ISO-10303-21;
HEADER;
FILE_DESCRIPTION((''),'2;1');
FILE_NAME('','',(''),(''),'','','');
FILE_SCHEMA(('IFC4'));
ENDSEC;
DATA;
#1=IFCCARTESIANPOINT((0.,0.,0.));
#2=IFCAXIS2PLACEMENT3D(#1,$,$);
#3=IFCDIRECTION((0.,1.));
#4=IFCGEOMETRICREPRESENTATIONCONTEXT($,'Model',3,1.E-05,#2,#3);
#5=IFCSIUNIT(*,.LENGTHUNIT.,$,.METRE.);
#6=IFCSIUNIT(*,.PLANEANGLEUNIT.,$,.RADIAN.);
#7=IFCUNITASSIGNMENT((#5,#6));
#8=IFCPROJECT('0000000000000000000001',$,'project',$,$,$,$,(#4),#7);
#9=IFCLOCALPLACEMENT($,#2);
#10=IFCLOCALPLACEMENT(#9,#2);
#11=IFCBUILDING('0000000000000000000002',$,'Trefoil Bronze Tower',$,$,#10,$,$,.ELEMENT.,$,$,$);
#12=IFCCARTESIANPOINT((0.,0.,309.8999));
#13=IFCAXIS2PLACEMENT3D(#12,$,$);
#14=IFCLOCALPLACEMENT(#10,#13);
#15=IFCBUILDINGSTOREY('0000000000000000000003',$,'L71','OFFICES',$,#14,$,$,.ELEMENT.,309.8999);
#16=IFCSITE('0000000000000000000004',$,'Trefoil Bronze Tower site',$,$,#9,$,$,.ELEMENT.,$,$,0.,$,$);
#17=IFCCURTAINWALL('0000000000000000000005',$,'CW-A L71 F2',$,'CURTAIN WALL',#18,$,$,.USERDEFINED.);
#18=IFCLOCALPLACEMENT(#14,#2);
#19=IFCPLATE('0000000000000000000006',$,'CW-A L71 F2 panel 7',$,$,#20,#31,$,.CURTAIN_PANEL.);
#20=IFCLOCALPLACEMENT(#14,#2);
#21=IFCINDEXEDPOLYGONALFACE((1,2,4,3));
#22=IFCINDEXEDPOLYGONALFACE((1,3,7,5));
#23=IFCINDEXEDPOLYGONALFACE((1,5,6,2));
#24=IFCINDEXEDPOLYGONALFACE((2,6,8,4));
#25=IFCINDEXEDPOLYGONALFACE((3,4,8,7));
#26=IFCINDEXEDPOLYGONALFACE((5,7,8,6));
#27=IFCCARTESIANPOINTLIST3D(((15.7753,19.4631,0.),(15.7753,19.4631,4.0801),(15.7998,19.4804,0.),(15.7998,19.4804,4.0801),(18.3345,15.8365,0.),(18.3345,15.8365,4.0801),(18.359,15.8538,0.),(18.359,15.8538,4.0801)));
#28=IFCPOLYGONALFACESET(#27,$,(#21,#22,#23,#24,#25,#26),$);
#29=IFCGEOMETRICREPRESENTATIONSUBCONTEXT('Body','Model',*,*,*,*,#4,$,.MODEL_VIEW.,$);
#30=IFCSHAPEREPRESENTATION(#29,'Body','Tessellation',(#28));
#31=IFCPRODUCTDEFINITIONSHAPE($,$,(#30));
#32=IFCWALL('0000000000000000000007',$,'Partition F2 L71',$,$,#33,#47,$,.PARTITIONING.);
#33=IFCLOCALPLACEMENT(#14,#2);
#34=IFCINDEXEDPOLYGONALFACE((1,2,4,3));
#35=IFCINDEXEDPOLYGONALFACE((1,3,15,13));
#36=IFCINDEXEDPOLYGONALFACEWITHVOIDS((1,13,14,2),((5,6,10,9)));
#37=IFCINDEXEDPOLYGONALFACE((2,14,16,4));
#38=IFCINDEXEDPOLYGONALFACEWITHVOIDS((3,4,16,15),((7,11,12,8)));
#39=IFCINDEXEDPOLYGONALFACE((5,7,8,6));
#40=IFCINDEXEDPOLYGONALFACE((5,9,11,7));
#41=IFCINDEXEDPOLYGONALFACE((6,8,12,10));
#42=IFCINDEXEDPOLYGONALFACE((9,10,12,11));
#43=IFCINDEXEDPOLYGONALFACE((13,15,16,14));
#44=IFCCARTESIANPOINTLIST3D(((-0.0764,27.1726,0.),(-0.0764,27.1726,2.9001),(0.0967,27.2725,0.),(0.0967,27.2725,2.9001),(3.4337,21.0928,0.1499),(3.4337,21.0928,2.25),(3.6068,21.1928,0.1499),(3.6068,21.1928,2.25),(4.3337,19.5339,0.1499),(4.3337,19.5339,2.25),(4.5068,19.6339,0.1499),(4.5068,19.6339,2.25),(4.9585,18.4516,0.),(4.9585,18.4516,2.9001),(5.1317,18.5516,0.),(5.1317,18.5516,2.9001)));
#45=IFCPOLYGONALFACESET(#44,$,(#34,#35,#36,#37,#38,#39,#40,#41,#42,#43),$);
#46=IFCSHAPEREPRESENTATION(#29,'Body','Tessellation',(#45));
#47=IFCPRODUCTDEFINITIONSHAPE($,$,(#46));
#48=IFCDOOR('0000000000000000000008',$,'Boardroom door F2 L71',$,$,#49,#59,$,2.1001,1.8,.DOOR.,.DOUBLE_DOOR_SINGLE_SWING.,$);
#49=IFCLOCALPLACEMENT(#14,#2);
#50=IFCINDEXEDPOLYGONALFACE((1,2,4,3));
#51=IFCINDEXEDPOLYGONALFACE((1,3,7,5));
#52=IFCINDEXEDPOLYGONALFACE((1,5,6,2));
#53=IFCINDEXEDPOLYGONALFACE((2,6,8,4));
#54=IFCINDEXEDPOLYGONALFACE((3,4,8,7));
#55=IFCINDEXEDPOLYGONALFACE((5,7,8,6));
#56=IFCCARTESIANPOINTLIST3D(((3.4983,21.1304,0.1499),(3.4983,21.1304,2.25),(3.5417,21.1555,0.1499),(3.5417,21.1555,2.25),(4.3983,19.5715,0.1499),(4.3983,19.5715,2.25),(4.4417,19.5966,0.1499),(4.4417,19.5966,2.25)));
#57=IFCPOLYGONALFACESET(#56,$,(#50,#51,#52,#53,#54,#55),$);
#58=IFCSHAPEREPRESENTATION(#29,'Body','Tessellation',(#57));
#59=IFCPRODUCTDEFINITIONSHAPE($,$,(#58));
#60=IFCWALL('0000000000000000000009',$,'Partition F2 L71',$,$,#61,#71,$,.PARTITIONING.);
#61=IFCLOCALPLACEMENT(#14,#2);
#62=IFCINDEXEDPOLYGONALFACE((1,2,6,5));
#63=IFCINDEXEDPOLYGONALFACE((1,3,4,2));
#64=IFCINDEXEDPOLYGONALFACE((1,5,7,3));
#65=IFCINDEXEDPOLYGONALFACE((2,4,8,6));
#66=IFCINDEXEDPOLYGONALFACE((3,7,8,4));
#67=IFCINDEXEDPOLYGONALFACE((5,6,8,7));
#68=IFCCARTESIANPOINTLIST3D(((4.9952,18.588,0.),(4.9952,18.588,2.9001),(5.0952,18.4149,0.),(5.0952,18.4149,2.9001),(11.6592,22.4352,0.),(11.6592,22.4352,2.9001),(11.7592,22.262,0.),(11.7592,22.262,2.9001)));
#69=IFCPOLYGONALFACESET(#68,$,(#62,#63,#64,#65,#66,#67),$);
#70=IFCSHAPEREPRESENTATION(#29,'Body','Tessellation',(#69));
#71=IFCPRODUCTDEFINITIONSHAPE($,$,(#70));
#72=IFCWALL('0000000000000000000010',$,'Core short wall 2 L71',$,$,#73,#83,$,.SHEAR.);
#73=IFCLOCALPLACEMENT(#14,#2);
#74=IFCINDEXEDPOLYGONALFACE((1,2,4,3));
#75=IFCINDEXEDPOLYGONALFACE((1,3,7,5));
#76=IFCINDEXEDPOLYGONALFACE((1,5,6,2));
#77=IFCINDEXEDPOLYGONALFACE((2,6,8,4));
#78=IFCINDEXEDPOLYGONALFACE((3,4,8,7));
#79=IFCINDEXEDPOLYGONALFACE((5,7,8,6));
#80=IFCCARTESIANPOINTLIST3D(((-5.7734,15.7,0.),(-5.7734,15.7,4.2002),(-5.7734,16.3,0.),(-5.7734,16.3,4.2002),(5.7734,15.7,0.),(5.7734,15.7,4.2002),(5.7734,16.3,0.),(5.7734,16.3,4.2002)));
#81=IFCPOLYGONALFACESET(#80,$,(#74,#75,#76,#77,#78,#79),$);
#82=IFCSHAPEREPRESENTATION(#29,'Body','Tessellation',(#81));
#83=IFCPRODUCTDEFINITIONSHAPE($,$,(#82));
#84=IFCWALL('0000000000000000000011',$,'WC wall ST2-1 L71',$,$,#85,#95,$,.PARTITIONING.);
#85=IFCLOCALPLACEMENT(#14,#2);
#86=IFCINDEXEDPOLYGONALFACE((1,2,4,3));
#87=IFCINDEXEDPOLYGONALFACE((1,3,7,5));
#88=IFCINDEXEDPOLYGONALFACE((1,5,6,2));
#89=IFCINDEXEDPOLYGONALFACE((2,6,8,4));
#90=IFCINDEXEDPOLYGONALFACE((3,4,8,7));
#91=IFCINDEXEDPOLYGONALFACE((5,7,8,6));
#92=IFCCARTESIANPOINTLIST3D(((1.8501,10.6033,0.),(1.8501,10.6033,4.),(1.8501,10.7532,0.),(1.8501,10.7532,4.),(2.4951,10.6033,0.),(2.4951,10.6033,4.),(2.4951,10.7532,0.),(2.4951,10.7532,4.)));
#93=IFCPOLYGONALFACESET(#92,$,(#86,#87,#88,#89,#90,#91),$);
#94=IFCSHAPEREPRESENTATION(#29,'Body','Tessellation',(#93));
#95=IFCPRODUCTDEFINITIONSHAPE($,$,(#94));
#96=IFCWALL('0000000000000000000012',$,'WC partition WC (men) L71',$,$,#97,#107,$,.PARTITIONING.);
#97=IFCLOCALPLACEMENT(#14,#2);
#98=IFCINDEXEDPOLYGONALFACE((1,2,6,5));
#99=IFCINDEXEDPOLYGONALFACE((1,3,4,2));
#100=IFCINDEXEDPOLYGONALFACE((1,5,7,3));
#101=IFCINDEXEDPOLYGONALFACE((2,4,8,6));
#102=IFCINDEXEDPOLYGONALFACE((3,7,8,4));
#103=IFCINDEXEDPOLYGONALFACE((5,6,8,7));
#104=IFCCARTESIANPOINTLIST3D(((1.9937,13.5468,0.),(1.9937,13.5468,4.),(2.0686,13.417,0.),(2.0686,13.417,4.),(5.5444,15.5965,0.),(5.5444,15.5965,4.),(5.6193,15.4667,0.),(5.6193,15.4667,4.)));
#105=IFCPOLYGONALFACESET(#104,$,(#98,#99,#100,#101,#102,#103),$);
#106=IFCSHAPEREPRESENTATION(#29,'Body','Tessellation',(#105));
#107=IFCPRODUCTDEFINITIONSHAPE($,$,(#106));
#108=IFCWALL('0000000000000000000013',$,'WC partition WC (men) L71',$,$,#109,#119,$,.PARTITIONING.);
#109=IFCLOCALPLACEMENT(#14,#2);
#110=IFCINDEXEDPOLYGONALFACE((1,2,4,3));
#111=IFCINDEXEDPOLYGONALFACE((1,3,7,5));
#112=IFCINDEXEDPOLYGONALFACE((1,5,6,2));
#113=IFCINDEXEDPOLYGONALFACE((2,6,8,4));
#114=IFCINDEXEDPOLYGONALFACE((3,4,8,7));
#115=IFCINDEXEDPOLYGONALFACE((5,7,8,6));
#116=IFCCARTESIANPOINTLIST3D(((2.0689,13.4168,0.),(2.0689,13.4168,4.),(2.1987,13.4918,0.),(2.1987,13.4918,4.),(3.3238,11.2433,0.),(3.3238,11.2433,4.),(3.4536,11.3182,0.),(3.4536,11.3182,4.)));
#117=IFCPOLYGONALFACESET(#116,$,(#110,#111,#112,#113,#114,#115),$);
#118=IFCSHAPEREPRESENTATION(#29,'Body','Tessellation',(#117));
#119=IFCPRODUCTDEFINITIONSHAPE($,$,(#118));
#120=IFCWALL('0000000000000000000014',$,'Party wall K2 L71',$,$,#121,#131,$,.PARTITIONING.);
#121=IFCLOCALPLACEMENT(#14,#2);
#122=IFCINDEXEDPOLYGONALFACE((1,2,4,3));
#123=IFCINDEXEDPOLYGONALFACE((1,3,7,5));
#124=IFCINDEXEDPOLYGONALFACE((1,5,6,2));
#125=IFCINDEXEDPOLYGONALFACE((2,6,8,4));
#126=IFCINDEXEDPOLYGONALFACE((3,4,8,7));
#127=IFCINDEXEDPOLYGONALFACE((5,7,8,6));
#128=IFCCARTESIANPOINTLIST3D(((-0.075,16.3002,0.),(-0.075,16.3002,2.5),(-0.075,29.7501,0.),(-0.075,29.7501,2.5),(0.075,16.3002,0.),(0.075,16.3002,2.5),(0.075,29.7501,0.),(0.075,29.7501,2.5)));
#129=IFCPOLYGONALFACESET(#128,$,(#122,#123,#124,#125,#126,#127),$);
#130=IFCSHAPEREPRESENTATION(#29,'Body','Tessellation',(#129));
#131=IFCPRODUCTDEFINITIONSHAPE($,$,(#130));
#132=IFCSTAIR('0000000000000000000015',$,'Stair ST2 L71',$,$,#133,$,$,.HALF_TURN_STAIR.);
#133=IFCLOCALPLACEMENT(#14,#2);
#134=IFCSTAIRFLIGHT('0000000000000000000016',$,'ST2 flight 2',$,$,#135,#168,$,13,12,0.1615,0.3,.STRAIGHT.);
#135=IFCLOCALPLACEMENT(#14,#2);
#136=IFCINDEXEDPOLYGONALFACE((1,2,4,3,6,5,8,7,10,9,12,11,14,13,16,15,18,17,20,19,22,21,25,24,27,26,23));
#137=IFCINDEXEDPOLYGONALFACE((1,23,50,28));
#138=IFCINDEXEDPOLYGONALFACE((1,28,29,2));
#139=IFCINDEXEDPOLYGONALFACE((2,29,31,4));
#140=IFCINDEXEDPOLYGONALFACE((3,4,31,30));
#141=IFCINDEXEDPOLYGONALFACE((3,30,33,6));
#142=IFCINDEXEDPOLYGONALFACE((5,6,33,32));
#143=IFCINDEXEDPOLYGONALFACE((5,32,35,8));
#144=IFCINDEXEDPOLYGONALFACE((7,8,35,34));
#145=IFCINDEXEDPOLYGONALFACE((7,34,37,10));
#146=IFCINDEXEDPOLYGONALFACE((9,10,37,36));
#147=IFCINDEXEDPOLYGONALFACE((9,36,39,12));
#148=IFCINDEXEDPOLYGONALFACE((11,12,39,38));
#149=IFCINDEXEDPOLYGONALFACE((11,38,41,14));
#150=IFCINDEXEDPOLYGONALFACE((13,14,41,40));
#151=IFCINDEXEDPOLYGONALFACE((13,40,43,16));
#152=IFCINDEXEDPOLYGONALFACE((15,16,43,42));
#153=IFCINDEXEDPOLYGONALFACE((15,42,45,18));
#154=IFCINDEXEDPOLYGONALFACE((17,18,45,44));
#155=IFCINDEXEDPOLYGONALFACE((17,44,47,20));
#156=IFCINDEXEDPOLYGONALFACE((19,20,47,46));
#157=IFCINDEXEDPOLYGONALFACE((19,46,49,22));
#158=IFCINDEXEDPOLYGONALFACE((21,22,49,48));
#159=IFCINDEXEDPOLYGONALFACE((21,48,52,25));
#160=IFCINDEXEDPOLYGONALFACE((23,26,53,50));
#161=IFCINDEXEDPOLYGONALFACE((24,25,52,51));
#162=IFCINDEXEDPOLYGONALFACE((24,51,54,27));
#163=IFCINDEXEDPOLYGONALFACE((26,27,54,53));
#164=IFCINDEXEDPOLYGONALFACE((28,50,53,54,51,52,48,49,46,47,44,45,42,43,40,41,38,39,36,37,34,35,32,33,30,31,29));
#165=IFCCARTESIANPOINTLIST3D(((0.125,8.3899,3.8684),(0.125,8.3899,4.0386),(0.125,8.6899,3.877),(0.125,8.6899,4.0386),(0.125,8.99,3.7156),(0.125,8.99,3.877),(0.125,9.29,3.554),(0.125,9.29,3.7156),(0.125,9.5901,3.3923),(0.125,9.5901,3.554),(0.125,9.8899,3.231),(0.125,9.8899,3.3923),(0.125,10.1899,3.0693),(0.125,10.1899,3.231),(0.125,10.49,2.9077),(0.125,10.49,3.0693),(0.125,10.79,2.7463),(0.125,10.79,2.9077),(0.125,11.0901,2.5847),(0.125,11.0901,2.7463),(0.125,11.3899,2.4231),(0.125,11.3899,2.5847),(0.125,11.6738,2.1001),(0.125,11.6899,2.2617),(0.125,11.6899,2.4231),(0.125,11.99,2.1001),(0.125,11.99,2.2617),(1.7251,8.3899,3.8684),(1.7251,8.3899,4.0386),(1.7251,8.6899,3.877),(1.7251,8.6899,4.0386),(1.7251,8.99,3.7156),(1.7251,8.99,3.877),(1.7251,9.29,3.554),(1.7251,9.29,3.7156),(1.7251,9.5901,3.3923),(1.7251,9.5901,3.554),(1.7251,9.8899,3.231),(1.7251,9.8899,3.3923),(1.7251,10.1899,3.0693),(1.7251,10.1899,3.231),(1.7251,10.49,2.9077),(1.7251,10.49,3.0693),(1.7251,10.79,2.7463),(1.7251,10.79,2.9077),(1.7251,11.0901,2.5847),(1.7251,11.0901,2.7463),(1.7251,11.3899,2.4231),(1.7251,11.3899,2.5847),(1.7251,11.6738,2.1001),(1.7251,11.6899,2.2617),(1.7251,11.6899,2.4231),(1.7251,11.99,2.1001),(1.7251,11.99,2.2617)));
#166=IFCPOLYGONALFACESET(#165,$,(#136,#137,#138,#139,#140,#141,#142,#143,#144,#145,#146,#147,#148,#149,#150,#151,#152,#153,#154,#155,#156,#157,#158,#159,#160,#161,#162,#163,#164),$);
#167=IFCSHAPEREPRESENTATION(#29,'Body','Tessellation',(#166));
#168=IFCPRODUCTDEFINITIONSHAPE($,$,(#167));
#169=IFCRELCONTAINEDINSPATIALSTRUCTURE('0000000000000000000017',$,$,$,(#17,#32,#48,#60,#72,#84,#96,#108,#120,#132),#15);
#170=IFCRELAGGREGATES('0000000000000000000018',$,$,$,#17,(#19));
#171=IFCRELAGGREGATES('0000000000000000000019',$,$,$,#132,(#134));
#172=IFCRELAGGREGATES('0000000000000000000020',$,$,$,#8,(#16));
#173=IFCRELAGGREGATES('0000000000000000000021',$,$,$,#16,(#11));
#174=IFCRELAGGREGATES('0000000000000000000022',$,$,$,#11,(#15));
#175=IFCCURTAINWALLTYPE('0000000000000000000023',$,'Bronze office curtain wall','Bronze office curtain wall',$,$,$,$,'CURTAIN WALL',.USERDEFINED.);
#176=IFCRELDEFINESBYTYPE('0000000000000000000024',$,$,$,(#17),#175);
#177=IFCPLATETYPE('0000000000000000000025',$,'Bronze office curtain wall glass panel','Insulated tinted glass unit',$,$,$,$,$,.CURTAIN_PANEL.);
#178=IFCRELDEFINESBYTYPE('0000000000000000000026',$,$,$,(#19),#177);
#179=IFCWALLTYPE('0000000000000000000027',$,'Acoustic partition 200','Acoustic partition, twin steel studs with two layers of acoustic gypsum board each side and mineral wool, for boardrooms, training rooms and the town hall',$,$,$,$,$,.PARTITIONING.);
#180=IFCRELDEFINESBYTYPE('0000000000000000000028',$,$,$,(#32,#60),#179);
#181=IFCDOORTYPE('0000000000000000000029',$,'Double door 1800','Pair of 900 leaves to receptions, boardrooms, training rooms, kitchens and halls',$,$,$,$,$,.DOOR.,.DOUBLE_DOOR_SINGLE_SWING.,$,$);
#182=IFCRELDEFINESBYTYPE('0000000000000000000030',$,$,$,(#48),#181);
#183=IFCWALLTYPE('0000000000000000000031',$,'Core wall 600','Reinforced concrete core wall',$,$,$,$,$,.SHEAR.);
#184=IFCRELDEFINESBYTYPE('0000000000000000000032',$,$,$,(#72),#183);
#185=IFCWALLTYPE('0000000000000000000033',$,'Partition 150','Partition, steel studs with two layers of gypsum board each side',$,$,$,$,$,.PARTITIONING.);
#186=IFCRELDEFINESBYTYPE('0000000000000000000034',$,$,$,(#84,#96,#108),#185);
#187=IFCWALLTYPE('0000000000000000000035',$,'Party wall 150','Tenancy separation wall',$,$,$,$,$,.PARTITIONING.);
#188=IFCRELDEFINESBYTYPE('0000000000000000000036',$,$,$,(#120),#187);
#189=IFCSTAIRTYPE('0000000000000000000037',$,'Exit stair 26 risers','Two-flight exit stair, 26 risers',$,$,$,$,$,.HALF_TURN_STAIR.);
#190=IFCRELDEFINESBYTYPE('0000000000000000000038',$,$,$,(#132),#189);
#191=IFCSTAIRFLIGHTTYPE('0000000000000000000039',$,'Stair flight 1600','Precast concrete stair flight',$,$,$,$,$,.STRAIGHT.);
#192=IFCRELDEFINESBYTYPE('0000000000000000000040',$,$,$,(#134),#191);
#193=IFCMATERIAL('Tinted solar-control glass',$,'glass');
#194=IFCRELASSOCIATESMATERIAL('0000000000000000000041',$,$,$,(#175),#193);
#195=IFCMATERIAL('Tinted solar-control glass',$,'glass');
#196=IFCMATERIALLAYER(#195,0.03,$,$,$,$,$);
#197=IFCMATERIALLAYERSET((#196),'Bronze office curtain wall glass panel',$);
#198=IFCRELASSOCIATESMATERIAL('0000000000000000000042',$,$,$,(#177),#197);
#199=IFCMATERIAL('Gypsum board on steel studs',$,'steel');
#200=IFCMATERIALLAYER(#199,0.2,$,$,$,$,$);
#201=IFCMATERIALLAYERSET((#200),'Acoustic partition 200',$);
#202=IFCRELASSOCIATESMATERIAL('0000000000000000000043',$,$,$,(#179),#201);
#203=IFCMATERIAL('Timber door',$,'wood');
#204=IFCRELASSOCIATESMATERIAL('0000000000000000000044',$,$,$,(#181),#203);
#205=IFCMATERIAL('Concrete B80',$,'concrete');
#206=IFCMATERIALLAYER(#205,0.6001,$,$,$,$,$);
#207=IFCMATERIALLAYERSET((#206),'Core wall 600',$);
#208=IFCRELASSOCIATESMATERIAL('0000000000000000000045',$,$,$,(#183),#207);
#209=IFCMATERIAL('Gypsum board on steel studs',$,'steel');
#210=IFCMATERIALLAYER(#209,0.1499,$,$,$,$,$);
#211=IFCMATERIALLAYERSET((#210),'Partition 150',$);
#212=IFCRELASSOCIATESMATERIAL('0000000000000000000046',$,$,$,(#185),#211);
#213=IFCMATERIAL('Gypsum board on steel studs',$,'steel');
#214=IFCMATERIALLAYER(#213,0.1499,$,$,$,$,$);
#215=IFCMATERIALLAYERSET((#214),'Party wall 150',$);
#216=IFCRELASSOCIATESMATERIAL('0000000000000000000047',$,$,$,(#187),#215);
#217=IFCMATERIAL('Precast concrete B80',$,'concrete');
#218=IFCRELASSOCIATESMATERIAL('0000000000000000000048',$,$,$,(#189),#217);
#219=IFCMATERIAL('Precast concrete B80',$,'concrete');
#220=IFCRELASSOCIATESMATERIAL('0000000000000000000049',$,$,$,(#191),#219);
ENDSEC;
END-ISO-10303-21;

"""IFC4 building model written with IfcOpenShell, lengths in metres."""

from ifc_helpers import new_model, si_unit, direction, frame, frame_2d, origin, origin_2d, place, context, subcontext, project, spatial, polyline, rectangle, outline, extrude, material, layer, layer_set, type_object, element, fill, aggregate, save


model = new_model("IFC4")

# Units and contexts
model_context = context("Model", 3, precision=1e-05, world=origin(), true_north=direction((0.0, 1.0)))
body_context = subcontext(model_context, "Body", "Model", "MODEL_VIEW")
ifc_project = project(units=[si_unit("LENGTHUNIT", "METRE"), si_unit("PLANEANGLEUNIT", "RADIAN")], contexts=[model_context])

# Site, building, storey
site_placement = place(None, origin())
site = spatial("IfcSite", under=ifc_project, at=site_placement, Name="Trefoil Bronze Tower site", CompositionType="ELEMENT", RefElevation=0.0)
building_placement = place(site_placement, origin())
building = spatial("IfcBuilding", under=site, at=building_placement, Name="Trefoil Bronze Tower", CompositionType="ELEMENT")
storey_placement = place(building_placement, frame((0.0, 0.0, 309.8999)))
storey = spatial("IfcBuildingStorey", under=building, at=storey_placement, Name="L71", Description="OFFICES", CompositionType="ELEMENT", Elevation=309.8999)

# Curtain wall
ifc_material_1 = material(Name="Tinted solar-control glass", Category="glass")
curtain_wall_type = type_object("IfcCurtainWallType", Name="Bronze office curtain wall", Description="Bronze office curtain wall", ElementType="CURTAIN WALL", PredefinedType="USERDEFINED", material=ifc_material_1)
curtain_wall_placement = place(storey_placement, origin())
curtain_wall = element("IfcCurtainWall", 1, at=curtain_wall_placement, inside=storey, type_object=curtain_wall_type, Name="CW-A L71 F2", ObjectType="CURTAIN WALL", PredefinedType="USERDEFINED")

# Plate
ifc_material_2 = material(Name="Tinted solar-control glass", Category="glass")
ifc_layer_1 = layer(ifc_material_2, 0.03)
ifc_layer_set_1 = layer_set([ifc_layer_1], Name="Bronze office curtain wall glass panel")
plate_type = type_object("IfcPlateType", Name="Bronze office curtain wall glass panel", Description="Insulated tinted glass unit", PredefinedType="CURTAIN_PANEL", material=ifc_layer_set_1)
plate_1_placement = place(storey_placement, frame((17.0671, 17.6584, 0.0), z_axis=(0.0, 0.0, 1.0), x_axis=(-0.576561, 0.817054, 0.0)))
plate_1 = element("IfcPlate", 2, at=plate_1_placement, type_object=plate_type, Name="CW-A L71 F2 panel 7", PredefinedType="CURTAIN_PANEL", context=body_context, shape_type="SweptSolid", body=[
    extrude(rectangle(XDim=4.4387, YDim=0.03, at=origin_2d()), origin(), (0.0, 0.0, 1.0), 4.0801),
])
aggregate(curtain_wall, [plate_1])

# Wall, opening, door
ifc_material_3 = material(Name="Gypsum board on steel studs", Category="steel")
ifc_layer_2 = layer(ifc_material_3, 0.2)
ifc_layer_set_2 = layer_set([ifc_layer_2], Name="Acoustic partition 200")
wall_type_1 = type_object("IfcWallType", Name="Acoustic partition 200", Description="Acoustic partition, twin steel studs with two layers of acoustic gypsum board each side and mineral wool, for boardrooms, training rooms and the town hall", PredefinedType="PARTITIONING", material=ifc_layer_set_2)
wall_1_placement = place(storey_placement, frame((5.0452, 18.5015, 0.0), z_axis=(0.0, 0.0, 1.0), x_axis=(-0.49999, 0.866031, 0.0)))
wall_1 = element("IfcWall", 3, at=wall_1_placement, inside=storey, type_object=wall_type_1, Name="Partition F2 L71", PredefinedType="PARTITIONING", context=body_context, shape_type="SweptSolid", body=[
    extrude(rectangle(XDim=10.0701, YDim=0.2, at=frame_2d((5.0352, 0.0))), origin(), (0.0, 0.0, 1.0), 2.9001),
])
opening_placement = place(wall_1_placement, frame((1.25, 0.0, 0.1499)))
opening = element("IfcOpeningElement", 4, at=opening_placement, cuts=wall_1, PredefinedType="OPENING", context=body_context, shape_type="SweptSolid", body=[
    extrude(rectangle(XDim=1.8, YDim=2.1001, at=frame_2d((0.8999, 1.05))), frame((0.0, 0.1099, 0.0), z_axis=(0.0, -1.0, 0.0), x_axis=(1.0, 0.0, 0.0)), (0.0, 0.0, 1.0), 0.22),
])
ifc_material_4 = material(Name="Timber door", Category="wood")
door_type = type_object("IfcDoorType", Name="Double door 1800", Description="Pair of 900 leaves to receptions, boardrooms, training rooms, kitchens and halls", OperationType="DOUBLE_DOOR_SINGLE_SWING", PredefinedType="DOOR", material=ifc_material_4)
door_placement = place(opening_placement, frame((1.8, 0.0, 0.0), z_axis=(0.0, 0.0, 1.0), x_axis=(-1.0, 0.0, 0.0)))
door = element("IfcDoor", 5, at=door_placement, inside=storey, type_object=door_type, Name="Boardroom door F2 L71", OperationType="DOUBLE_DOOR_SINGLE_SWING", OverallHeight=2.1001, OverallWidth=1.8, PredefinedType="DOOR", context=body_context, shape_type="SweptSolid", body=[
    extrude(rectangle(XDim=1.8, YDim=2.1001, at=frame_2d((0.8999, 1.05))), frame((0.0, 0.0249, 0.0), z_axis=(0.0, -1.0, 0.0), x_axis=(1.0, 0.0, 0.0)), (0.0, 0.0, 1.0), 0.05),
])
fill(opening, door)

# Walls
wall_2_placement = place(storey_placement, frame((5.0452, 18.5015, 0.0), z_axis=(0.0, 0.0, 1.0), x_axis=(0.866044, 0.499968, 0.0)))
element("IfcWall", 6, at=wall_2_placement, inside=storey, type_object=wall_type_1, Name="Partition F2 L71", PredefinedType="PARTITIONING", context=body_context, shape_type="SweptSolid", body=[
    extrude(rectangle(XDim=7.6948, YDim=0.2, at=frame_2d((3.8474, 0.0))), origin(), (0.0, 0.0, 1.0), 2.9001),
])
ifc_material_5 = material(Name="Concrete B80", Category="concrete")
ifc_layer_3 = layer(ifc_material_5, 0.6001)
ifc_layer_set_3 = layer_set([ifc_layer_3], Name="Core wall 600")
wall_type_2 = type_object("IfcWallType", Name="Core wall 600", Description="Reinforced concrete core wall", PredefinedType="SHEAR", material=ifc_layer_set_3)
wall_3_placement = place(storey_placement, frame((5.7734, 16.0, 0.0), z_axis=(0.0, 0.0, 1.0), x_axis=(-1.0, 0.0, 0.0)))
element("IfcWall", 7, at=wall_3_placement, inside=storey, type_object=wall_type_2, Name="Core short wall 2 L71", PredefinedType="SHEAR", context=body_context, shape_type="SweptSolid", body=[
    extrude(rectangle(XDim=11.5469, YDim=0.6001, at=frame_2d((5.7734, 0.0))), origin(), (0.0, 0.0, 1.0), 4.2002),
])
ifc_material_6 = material(Name="Gypsum board on steel studs", Category="steel")
ifc_layer_4 = layer(ifc_material_6, 0.1499)
ifc_layer_set_4 = layer_set([ifc_layer_4], Name="Partition 150")
wall_type_3 = type_object("IfcWallType", Name="Partition 150", Description="Partition, steel studs with two layers of gypsum board each side", PredefinedType="PARTITIONING", material=ifc_layer_set_4)
wall_4_placement = place(storey_placement, frame((2.4951, 10.6782, 0.0), z_axis=(0.0, 0.0, 1.0), x_axis=(-1.0, 0.0, 0.0)))
element("IfcWall", 8, at=wall_4_placement, inside=storey, type_object=wall_type_3, Name="WC wall ST2-1 L71", PredefinedType="PARTITIONING", context=body_context, shape_type="SweptSolid", body=[
    extrude(rectangle(XDim=0.645, YDim=0.1499, at=frame_2d((0.3225, 0.0))), origin(), (0.0, 0.0, 1.0), 4.0),
])
wall_5_placement = place(storey_placement, frame((2.0312, 13.4819, 0.0), z_axis=(0.0, 0.0, 1.0), x_axis=(0.866051, 0.499956, 0.0)))
element("IfcWall", 9, at=wall_5_placement, inside=storey, type_object=wall_type_3, Name="WC partition WC (men) L71", PredefinedType="PARTITIONING", context=body_context, shape_type="SweptSolid", body=[
    extrude(rectangle(XDim=4.0999, YDim=0.1499, at=frame_2d((2.0498, 0.0))), origin(), (0.0, 0.0, 1.0), 4.0),
])
wall_6_placement = place(storey_placement, frame((3.3887, 11.2808, 0.0), z_axis=(0.0, 0.0, 1.0), x_axis=(-0.499989, 0.866032, 0.0)))
element("IfcWall", 10, at=wall_6_placement, inside=storey, type_object=wall_type_3, Name="WC partition WC (men) L71", PredefinedType="PARTITIONING", context=body_context, shape_type="SweptSolid", body=[
    extrude(rectangle(XDim=2.5098, YDim=0.1499, at=frame_2d((1.2549, 0.0))), origin(), (0.0, 0.0, 1.0), 4.0),
])
ifc_material_7 = material(Name="Gypsum board on steel studs", Category="steel")
ifc_layer_5 = layer(ifc_material_7, 0.1499)
ifc_layer_set_5 = layer_set([ifc_layer_5], Name="Party wall 150")
wall_type_4 = type_object("IfcWallType", Name="Party wall 150", Description="Tenancy separation wall", PredefinedType="PARTITIONING", material=ifc_layer_set_5)
wall_7_placement = place(storey_placement, frame((0.0, 16.3, 0.0), z_axis=(0.0, 0.0, 1.0), x_axis=(0.0, 1.0, 0.0)))
element("IfcWall", 11, at=wall_7_placement, inside=storey, type_object=wall_type_4, Name="Party wall K2 L71", PredefinedType="PARTITIONING", context=body_context, shape_type="SweptSolid", body=[
    extrude(rectangle(XDim=13.45, YDim=0.1499, at=frame_2d((6.7251, 0.0))), origin(), (0.0, 0.0, 1.0), 2.5),
])

# Stair, stair flight
ifc_material_8 = material(Name="Precast concrete B80", Category="concrete")
stair_type = type_object("IfcStairType", Name="Exit stair 26 risers", Description="Two-flight exit stair, 26 risers", PredefinedType="HALF_TURN_STAIR", material=ifc_material_8)
stair_placement = place(storey_placement, origin())
stair = element("IfcStair", 12, at=stair_placement, inside=storey, type_object=stair_type, Name="Stair ST2 L71", PredefinedType="HALF_TURN_STAIR")
ifc_material_9 = material(Name="Precast concrete B80", Category="concrete")
stair_flight_type = type_object("IfcStairFlightType", Name="Stair flight 1600", Description="Precast concrete stair flight", PredefinedType="STRAIGHT", material=ifc_material_9)
stair_flight_placement = place(storey_placement, frame((0.925, 11.99, 2.1001), z_axis=(0.0, 0.0, 1.0), x_axis=(0.0, -1.0, 0.0)))
stair_flight = element("IfcStairFlight", 13, at=stair_flight_placement, type_object=stair_flight_type, Name="ST2 flight 2", NumberOfRisers=13, NumberOfTreads=12, PredefinedType="STRAIGHT", RiserHeight=0.1615, TreadLength=0.3, context=body_context, shape_type="SweptSolid", body=[
    extrude(outline(polyline([(0.0, 0.0), (0.0, 0.1616), (0.3, 0.1616), (0.3, 0.323), (0.6001, 0.323), (0.6001, 0.4846), (0.8999, 0.4846), (0.8999, 0.6462), (1.2, 0.6462), (1.2, 0.8076), (1.5, 0.8076), (1.5, 0.9692), (1.8, 0.9692), (1.8, 1.1309), (2.1001, 1.1309), (2.1001, 1.2922), (2.3999, 1.2922), (2.3999, 1.4539), (2.7, 1.4539), (2.7, 1.6155), (3.0, 1.6155), (3.0, 1.7769), (3.3, 1.7769), (3.3, 1.9385), (3.6001, 1.9385), (3.6001, 2.1001), (3.6001, 1.7683), (0.3162, 0.0), (0.0, 0.0)])), frame((0.0, 0.8, 0.0), z_axis=(0.0, -1.0, 0.0), x_axis=(1.0, 0.0, 0.0)), (0.0, 0.0, 1.0), 1.6001),
])
aggregate(stair, [stair_flight])

save(model, "model.ifc")
